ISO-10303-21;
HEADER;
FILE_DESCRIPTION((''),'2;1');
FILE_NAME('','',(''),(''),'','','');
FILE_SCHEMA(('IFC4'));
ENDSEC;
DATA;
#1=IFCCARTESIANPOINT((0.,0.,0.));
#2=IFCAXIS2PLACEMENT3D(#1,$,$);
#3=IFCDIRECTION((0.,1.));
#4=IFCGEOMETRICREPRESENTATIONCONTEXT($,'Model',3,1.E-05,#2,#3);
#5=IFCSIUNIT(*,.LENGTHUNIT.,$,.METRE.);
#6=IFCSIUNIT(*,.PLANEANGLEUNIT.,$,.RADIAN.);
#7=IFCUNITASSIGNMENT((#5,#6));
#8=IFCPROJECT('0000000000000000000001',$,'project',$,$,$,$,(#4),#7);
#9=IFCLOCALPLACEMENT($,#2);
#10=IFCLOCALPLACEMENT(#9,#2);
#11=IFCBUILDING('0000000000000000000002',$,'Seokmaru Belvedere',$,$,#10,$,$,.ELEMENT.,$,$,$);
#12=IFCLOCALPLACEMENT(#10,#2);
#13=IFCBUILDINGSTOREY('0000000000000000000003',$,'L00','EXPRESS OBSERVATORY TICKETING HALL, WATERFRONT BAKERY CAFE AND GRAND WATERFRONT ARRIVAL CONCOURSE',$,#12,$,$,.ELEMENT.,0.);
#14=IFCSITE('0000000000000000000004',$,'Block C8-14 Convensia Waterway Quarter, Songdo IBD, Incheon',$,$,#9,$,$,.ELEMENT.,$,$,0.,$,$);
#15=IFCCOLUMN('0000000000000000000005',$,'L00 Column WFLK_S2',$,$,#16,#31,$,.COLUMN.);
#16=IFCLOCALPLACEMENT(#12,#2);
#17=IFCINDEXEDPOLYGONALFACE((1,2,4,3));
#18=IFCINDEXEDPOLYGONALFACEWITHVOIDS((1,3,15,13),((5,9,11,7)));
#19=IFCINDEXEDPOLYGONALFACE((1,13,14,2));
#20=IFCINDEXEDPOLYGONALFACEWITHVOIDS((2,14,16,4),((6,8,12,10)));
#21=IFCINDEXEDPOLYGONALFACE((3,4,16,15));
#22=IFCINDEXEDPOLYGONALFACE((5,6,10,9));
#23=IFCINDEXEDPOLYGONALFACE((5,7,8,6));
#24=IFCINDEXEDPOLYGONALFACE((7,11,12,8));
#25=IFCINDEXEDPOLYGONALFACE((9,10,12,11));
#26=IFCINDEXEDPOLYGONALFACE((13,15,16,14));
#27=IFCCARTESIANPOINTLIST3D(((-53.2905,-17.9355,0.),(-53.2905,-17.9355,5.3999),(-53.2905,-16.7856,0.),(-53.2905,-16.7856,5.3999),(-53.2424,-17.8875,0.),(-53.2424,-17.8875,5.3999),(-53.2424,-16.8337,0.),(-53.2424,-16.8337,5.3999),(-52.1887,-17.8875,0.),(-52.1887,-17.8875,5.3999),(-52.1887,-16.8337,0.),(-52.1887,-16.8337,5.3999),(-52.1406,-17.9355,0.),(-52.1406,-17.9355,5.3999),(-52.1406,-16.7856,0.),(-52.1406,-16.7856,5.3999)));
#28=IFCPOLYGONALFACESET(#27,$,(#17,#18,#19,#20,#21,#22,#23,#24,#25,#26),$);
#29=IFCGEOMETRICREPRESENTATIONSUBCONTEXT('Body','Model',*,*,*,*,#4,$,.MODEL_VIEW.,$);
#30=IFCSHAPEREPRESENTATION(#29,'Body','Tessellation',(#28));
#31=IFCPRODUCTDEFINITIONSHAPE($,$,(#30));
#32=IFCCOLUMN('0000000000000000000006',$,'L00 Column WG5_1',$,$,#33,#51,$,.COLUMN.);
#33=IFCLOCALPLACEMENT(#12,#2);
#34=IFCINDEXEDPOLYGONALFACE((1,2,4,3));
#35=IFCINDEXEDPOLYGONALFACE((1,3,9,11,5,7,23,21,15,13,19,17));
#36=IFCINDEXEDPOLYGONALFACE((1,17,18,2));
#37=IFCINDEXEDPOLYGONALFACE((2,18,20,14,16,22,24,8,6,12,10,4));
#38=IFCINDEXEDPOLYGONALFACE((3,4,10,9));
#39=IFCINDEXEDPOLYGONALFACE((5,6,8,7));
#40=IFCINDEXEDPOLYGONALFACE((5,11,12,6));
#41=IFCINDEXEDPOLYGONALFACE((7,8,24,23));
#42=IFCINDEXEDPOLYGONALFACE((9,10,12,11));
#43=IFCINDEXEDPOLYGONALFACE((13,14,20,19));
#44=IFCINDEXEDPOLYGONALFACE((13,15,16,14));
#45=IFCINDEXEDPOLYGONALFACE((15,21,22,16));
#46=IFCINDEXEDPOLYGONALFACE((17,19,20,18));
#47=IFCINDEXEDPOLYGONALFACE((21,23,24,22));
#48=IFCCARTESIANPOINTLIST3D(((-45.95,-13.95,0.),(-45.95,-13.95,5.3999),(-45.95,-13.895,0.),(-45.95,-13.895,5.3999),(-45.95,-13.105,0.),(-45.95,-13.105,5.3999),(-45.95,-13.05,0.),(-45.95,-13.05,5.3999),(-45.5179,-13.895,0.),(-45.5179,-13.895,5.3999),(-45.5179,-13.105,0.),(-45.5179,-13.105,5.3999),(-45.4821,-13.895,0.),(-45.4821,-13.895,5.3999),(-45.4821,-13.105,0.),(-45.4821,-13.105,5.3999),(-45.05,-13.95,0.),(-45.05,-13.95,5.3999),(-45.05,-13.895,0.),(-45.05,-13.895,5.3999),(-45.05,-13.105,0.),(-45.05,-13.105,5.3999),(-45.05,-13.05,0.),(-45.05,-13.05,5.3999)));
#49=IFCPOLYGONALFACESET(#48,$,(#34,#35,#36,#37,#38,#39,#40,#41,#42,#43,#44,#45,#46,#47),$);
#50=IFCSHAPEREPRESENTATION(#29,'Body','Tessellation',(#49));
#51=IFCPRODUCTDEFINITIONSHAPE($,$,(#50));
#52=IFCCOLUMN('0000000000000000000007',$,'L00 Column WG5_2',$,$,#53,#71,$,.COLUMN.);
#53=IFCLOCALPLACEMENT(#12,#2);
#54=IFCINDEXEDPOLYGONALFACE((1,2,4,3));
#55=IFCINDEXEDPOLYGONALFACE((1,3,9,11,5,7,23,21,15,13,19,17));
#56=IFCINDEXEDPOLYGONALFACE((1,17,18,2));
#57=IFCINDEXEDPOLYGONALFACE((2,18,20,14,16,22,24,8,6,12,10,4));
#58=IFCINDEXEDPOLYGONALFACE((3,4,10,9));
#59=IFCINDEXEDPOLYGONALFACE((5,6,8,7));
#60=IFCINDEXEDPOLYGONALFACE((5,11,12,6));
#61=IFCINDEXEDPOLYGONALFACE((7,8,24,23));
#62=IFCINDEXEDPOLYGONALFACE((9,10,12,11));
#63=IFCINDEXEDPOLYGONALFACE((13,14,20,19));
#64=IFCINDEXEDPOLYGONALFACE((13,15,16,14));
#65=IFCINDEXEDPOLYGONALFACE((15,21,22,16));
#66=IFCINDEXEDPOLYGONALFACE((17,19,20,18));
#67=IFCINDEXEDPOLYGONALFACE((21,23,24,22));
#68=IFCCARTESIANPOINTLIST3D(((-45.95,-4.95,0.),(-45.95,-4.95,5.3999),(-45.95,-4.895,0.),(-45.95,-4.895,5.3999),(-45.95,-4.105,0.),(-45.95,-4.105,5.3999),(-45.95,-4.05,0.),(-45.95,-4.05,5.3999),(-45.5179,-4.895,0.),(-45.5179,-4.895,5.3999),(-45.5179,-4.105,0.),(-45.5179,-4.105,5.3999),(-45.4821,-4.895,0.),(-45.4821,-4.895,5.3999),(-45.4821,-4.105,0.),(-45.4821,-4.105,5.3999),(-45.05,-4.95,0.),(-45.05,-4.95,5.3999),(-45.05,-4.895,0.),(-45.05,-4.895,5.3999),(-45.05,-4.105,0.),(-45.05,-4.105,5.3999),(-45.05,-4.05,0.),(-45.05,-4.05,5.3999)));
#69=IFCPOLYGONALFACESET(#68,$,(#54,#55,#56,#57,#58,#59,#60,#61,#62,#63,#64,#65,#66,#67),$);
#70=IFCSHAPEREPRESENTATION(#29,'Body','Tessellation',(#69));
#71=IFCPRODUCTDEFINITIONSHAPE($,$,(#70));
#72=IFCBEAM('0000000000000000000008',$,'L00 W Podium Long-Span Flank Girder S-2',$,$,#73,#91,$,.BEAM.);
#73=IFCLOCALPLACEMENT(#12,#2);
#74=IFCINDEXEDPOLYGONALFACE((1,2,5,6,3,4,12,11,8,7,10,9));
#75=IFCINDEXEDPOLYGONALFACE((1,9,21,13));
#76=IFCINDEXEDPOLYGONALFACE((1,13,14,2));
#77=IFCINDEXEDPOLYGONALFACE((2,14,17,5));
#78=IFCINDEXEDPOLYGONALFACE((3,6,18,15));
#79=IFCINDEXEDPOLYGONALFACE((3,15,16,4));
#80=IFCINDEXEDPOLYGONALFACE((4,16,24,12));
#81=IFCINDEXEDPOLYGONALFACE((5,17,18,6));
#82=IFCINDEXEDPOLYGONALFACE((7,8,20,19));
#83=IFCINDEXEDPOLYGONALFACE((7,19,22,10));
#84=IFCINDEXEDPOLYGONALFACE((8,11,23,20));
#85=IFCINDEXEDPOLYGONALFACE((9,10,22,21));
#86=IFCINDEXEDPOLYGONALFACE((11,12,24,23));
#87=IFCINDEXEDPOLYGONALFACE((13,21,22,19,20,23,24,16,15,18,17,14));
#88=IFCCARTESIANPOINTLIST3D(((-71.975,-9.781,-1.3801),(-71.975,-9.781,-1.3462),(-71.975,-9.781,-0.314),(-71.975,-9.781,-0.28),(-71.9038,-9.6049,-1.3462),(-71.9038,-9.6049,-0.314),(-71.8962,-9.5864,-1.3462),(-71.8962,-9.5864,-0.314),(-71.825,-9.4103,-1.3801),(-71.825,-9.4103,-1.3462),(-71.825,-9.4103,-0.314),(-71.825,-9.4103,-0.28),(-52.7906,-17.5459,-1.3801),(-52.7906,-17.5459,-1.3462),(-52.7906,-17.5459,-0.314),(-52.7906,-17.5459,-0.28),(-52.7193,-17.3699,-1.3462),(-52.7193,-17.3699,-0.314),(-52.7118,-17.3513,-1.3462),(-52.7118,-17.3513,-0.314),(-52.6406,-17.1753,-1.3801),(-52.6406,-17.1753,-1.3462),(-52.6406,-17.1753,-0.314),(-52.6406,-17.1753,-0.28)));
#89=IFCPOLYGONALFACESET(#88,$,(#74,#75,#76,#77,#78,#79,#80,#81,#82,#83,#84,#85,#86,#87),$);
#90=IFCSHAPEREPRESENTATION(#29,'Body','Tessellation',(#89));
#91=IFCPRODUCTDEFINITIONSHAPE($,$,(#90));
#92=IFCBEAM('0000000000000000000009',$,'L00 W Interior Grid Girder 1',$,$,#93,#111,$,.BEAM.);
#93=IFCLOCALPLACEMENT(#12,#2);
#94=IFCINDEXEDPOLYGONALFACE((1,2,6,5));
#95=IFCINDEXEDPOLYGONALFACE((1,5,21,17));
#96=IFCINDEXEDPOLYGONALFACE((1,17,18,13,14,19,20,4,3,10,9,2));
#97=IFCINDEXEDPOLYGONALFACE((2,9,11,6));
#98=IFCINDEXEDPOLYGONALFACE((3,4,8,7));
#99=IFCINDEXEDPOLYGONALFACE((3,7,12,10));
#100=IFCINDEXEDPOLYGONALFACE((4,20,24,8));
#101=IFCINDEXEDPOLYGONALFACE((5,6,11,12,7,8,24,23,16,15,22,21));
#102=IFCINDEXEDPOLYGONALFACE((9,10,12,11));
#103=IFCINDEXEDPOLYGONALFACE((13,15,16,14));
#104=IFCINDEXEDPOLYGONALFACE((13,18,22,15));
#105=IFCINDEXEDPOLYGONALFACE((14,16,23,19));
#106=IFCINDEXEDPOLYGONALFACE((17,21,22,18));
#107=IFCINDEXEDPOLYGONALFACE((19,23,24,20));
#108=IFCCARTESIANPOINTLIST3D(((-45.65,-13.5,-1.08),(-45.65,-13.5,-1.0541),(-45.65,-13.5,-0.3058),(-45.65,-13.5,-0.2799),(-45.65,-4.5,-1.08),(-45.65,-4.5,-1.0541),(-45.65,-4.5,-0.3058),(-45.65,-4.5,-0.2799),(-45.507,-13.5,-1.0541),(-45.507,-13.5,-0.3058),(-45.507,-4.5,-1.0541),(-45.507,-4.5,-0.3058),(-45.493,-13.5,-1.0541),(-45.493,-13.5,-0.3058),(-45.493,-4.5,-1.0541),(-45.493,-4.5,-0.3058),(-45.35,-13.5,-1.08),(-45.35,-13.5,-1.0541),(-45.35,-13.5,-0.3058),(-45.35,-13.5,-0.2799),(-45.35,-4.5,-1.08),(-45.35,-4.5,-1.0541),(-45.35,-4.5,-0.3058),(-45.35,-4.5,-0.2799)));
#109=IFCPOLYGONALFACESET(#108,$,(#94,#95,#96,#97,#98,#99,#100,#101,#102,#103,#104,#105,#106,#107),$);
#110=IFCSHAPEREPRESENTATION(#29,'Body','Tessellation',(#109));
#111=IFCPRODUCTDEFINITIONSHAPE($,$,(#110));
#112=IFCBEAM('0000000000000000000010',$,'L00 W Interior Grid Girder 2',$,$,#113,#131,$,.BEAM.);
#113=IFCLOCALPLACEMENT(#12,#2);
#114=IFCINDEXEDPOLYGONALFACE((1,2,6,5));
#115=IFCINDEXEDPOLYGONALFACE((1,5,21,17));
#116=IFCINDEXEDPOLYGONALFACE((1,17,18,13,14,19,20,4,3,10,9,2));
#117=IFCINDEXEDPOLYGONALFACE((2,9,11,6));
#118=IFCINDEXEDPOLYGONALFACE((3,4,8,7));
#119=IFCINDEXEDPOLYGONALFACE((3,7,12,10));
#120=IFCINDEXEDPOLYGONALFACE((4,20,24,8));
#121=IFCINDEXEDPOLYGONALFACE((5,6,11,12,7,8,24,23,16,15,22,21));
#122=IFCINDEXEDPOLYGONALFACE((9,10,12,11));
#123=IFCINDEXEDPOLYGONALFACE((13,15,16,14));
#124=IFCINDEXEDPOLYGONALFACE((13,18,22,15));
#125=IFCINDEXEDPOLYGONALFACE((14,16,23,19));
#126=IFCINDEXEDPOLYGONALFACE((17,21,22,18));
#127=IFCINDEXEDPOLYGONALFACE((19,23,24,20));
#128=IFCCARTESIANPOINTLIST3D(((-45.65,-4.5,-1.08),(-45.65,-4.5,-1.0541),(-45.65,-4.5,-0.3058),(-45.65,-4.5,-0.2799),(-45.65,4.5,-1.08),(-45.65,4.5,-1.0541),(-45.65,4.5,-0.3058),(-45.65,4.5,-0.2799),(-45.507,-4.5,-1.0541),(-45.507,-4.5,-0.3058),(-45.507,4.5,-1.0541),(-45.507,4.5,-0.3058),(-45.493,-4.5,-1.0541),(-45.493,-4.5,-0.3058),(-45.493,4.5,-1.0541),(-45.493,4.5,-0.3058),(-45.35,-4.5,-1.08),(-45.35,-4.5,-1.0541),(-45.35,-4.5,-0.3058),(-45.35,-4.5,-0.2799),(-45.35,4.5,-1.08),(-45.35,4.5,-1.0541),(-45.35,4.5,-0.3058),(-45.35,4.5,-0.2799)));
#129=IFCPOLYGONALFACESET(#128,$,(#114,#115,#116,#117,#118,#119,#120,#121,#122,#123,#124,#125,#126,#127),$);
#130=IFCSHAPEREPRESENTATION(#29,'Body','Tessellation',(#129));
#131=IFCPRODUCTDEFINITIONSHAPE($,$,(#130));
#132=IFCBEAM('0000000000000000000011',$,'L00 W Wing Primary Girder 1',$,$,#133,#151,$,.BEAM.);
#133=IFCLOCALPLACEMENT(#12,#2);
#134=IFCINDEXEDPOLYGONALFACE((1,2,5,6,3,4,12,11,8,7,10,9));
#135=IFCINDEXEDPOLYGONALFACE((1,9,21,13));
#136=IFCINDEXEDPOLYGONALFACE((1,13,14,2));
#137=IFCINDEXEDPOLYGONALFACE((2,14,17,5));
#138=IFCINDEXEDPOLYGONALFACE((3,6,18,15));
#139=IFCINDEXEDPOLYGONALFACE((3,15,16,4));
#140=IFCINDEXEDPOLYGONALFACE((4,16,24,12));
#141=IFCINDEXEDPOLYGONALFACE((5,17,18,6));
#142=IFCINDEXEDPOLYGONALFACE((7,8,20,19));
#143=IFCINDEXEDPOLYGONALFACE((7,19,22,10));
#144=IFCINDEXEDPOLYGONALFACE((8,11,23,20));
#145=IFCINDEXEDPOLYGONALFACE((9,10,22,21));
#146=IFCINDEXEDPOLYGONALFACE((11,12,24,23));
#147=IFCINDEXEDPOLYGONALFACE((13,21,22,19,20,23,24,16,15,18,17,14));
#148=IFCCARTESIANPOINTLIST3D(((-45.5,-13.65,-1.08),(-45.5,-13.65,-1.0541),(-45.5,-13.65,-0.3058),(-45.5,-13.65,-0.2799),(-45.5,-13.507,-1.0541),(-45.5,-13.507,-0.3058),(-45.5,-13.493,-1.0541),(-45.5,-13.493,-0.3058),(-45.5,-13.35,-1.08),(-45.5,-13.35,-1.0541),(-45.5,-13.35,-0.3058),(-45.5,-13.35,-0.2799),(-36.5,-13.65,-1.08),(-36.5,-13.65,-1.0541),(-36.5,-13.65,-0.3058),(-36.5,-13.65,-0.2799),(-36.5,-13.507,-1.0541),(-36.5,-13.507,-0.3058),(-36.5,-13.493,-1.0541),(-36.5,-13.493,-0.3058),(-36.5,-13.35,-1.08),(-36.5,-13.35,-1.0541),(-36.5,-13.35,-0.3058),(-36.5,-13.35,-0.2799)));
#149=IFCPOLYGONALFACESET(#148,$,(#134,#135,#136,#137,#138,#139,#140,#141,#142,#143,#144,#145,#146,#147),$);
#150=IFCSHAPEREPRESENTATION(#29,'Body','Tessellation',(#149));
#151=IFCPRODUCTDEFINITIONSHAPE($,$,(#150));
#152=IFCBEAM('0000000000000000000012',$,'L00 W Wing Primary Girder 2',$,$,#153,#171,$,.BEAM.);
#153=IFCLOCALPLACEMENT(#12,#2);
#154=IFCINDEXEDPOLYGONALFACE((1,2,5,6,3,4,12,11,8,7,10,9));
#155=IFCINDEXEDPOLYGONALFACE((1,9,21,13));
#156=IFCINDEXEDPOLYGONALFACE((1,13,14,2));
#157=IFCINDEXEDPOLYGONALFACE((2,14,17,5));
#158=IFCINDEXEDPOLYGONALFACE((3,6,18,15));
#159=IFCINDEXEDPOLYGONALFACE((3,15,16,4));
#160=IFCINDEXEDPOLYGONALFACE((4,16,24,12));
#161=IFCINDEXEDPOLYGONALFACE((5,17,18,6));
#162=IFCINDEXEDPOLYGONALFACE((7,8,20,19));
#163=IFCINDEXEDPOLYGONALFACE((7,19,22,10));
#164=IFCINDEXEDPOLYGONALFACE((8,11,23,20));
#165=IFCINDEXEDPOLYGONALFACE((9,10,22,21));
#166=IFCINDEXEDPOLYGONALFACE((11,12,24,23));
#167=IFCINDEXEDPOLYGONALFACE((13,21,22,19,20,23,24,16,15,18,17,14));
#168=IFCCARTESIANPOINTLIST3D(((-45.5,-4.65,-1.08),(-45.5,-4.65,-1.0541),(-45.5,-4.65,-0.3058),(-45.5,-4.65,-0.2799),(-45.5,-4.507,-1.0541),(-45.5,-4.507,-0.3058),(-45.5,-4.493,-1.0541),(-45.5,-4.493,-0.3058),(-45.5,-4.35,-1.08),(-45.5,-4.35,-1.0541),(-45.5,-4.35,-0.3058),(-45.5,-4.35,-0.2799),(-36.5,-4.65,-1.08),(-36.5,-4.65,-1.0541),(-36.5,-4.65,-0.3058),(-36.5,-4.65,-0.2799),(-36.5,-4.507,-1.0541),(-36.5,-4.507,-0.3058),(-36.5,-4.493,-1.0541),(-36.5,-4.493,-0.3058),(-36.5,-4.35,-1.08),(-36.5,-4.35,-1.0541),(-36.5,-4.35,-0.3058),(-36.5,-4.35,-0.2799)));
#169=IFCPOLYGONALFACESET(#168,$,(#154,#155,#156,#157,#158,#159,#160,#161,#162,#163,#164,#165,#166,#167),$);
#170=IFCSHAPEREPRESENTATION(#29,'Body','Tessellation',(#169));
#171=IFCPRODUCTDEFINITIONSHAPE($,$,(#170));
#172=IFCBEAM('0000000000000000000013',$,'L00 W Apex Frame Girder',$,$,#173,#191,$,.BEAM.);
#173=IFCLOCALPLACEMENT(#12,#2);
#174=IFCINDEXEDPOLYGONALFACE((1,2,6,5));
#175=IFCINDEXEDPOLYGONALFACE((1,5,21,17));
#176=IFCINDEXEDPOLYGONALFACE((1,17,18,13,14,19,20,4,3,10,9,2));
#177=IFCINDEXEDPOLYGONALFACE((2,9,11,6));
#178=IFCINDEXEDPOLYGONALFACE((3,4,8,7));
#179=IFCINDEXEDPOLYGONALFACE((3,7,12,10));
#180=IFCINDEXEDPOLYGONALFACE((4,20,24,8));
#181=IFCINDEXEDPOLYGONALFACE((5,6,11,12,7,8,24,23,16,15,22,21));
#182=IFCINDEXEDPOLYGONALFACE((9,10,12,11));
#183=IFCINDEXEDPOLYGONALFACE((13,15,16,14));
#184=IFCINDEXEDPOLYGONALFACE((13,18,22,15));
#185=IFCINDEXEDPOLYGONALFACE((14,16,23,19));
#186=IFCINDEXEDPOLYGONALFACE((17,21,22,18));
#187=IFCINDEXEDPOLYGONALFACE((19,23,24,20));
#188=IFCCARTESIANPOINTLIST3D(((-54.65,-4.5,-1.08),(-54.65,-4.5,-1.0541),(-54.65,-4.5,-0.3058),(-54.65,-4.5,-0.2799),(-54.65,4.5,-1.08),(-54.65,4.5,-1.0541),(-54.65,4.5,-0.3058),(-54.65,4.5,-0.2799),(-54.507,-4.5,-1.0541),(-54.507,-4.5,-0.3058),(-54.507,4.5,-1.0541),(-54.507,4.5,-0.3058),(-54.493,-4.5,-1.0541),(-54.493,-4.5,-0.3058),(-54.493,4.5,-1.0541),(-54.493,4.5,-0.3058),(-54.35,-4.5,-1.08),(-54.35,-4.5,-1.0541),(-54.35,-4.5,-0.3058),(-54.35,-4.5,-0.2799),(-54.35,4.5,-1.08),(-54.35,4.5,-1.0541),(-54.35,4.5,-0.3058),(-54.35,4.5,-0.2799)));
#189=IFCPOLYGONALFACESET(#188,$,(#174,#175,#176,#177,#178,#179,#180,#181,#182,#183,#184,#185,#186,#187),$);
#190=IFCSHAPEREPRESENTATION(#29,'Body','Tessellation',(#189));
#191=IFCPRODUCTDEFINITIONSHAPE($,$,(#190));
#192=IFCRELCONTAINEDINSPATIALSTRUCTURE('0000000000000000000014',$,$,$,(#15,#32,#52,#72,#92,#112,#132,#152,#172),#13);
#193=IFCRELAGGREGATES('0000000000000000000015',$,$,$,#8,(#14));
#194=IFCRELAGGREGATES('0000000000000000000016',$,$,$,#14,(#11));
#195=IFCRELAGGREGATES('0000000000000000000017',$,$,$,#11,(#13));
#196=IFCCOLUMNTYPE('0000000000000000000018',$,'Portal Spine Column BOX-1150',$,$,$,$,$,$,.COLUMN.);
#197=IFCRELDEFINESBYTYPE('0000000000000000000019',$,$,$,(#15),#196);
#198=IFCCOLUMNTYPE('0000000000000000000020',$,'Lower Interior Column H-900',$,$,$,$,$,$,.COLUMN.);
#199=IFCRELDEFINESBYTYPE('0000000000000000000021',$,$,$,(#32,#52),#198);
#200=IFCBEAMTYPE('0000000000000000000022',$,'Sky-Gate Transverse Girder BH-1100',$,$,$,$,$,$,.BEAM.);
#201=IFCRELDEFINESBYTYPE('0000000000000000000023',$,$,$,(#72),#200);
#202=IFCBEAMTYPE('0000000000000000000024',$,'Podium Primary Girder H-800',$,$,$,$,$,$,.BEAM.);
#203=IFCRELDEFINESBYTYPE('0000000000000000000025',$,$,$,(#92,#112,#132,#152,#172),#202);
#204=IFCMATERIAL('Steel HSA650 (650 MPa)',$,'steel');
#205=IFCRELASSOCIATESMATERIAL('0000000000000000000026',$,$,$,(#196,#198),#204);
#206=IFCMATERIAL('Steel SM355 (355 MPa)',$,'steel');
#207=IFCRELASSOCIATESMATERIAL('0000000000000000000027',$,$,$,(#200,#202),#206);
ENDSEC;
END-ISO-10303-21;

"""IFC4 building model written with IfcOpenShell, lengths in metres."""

from ifc_helpers import new_model, si_unit, direction, frame, origin, origin_2d, place, context, subcontext, project, spatial, hollow_rectangle, i_section, extrude, source, transform, mapped, material, material_profile, profile_set, type_object, type_shapes, element, save


model = new_model("IFC4")

# Units and contexts
model_context = context("Model", 3, precision=1e-05, world=origin(), true_north=direction((0.0, 1.0)))
body_context = subcontext(model_context, "Body", "Model", "MODEL_VIEW")
ifc_project = project(units=[si_unit("LENGTHUNIT", "METRE"), si_unit("PLANEANGLEUNIT", "RADIAN")], contexts=[model_context])

# Site, building, storey
site_placement = place(None, origin())
site = spatial("IfcSite", under=ifc_project, at=site_placement, Name="Block C8-14 Convensia Waterway Quarter, Songdo IBD, Incheon", CompositionType="ELEMENT", RefElevation=0.0)
building_placement = place(site_placement, origin())
building = spatial("IfcBuilding", under=site, at=building_placement, Name="Seokmaru Belvedere", CompositionType="ELEMENT")
storey_placement = place(building_placement, origin())
storey = spatial("IfcBuildingStorey", under=building, at=storey_placement, Name="L00", Description="EXPRESS OBSERVATORY TICKETING HALL, WATERFRONT BAKERY CAFE AND GRAND WATERFRONT ARRIVAL CONCOURSE", CompositionType="ELEMENT", Elevation=0.0)

# Columns
ifc_material_1 = material(Name="Steel HSA650 (650 MPa)", Category="steel")
ifc_material_profile_1 = material_profile(ifc_material_1, hollow_rectangle(XDim=1.1499, YDim=1.1499, WallThickness=0.0481, at=origin_2d()), Name="BOX-1150x1150x48")
ifc_profile_set_1 = profile_set([ifc_material_profile_1], Name="Steel HSA650 (650 MPa)")
column_type_1 = type_object("IfcColumnType", Name="Portal Spine Column BOX-1150", PredefinedType="COLUMN", material=ifc_profile_set_1)
shared_shape_1 = source(origin(), body_context, "Body", "SweptSolid", [
    extrude(hollow_rectangle(XDim=1.1499, YDim=1.1499, WallThickness=0.0481, at=origin_2d()), origin(), (0.0, 0.0, 1.0), 5.3999),
])
type_shapes(column_type_1, [shared_shape_1])
column_placement = place(storey_placement, frame((-52.7156, -17.3606, 0.0), z_axis=(0.0, 0.0, 1.0), x_axis=(1.0, 0.0, 0.0)))
element("IfcColumn", 1, at=column_placement, inside=storey, type_object=column_type_1, Name="L00 Column WFLK_S2", PredefinedType="COLUMN", context=body_context, shape_type="MappedRepresentation", body=[
    mapped(shared_shape_1, transform((0.0, 0.0, 0.0), scale=1.0)),
])
ifc_material_profile_2 = material_profile(ifc_material_1, i_section(OverallWidth=0.8999, OverallDepth=0.8999, WebThickness=0.0359, FlangeThickness=0.0549, at=origin_2d()), Name="H-900x900x36x55")
ifc_profile_set_2 = profile_set([ifc_material_profile_2], Name="Steel HSA650 (650 MPa)")
column_type_2 = type_object("IfcColumnType", Name="Lower Interior Column H-900", PredefinedType="COLUMN", material=ifc_profile_set_2)
shared_shape_2 = source(origin(), body_context, "Body", "SweptSolid", [
    extrude(i_section(OverallWidth=0.8999, OverallDepth=0.8999, WebThickness=0.0359, FlangeThickness=0.0549, at=origin_2d()), origin(), (0.0, 0.0, 1.0), 5.3999),
])
type_shapes(column_type_2, [shared_shape_2])
for number, where, z_axis, x_axis, name in (
    (2, (-45.5, -13.5, 0.0), (0.0, 0.0, 1.0), (1.0, 0.0, 0.0), "L00 Column WG5_1"),
    (3, (-45.5, -4.5, 0.0), (0.0, 0.0, 1.0), (1.0, 0.0, 0.0), "L00 Column WG5_2"),
):
    element("IfcColumn", number, at=place(storey_placement, frame(where, z_axis=z_axis, x_axis=x_axis)), inside=storey, type_object=column_type_2, Name=name, PredefinedType="COLUMN", context=body_context, shape_type="MappedRepresentation", body=[
        mapped(shared_shape_2, transform((0.0, 0.0, 0.0), scale=1.0)),
    ])

# Beams
ifc_material_2 = material(Name="Steel SM355 (355 MPa)", Category="steel")
ifc_material_profile_3 = material_profile(ifc_material_2, i_section(OverallWidth=0.3999, OverallDepth=1.1001, WebThickness=0.02, FlangeThickness=0.0339, at=origin_2d()), Name="BH-1100x400x20x34")
ifc_profile_set_3 = profile_set([ifc_material_profile_3], Name="Steel SM355 (355 MPa)")
beam_type_1 = type_object("IfcBeamType", Name="Sky-Gate Transverse Girder BH-1100", PredefinedType="BEAM", material=ifc_profile_set_3)
shared_shape_3 = source(origin(), body_context, "Body", "SweptSolid", [
    extrude(i_section(OverallWidth=0.3999, OverallDepth=1.1001, WebThickness=0.02, FlangeThickness=0.0339, at=origin_2d()), origin(), (0.0, 0.0, 1.0), 20.6963),
])
type_shapes(beam_type_1, [shared_shape_3])
beam_1_placement = place(storey_placement, frame((-52.7156, -17.3606, -0.8301), z_axis=(-0.92695, 0.375185, 0.0), x_axis=(-0.375185, -0.92695, 0.0)))
element("IfcBeam", 4, at=beam_1_placement, inside=storey, type_object=beam_type_1, Name="L00 W Podium Long-Span Flank Girder S-2", PredefinedType="BEAM", context=body_context, shape_type="MappedRepresentation", body=[
    mapped(shared_shape_3, transform((0.0, 0.0, 0.0), scale=1.0)),
])
ifc_material_profile_4 = material_profile(ifc_material_2, i_section(OverallWidth=0.3, OverallDepth=0.8, WebThickness=0.0139, FlangeThickness=0.0259, at=origin_2d()), Name="H-800x300x14x26")
ifc_profile_set_4 = profile_set([ifc_material_profile_4], Name="Steel SM355 (355 MPa)")
beam_type_2 = type_object("IfcBeamType", Name="Podium Primary Girder H-800", PredefinedType="BEAM", material=ifc_profile_set_4)
shared_shape_4 = source(origin(), body_context, "Body", "SweptSolid", [
    extrude(i_section(OverallWidth=0.3, OverallDepth=0.8, WebThickness=0.0139, FlangeThickness=0.0259, at=origin_2d()), origin(), (0.0, 0.0, 1.0), 9.0),
])
for number, where, z_axis, x_axis, name in (
    (5, (-45.5, -13.5, -0.6799), (0.0, 1.0, 0.0), (-1.0, 0.0, 0.0), "L00 W Interior Grid Girder 1"),
    (6, (-45.5, -4.5, -0.6799), (0.0, 1.0, 0.0), (-1.0, 0.0, 0.0), "L00 W Interior Grid Girder 2"),
    (7, (-45.5, -13.5, -0.6799), (1.0, 0.0, 0.0), (0.0, 1.0, 0.0), "L00 W Wing Primary Girder 1"),
    (8, (-45.5, -4.5, -0.6799), (1.0, 0.0, 0.0), (0.0, 1.0, 0.0), "L00 W Wing Primary Girder 2"),
    (9, (-54.5, -4.5, -0.6799), (0.0, 1.0, 0.0), (-1.0, 0.0, 0.0), "L00 W Apex Frame Girder"),
):
    element("IfcBeam", number, at=place(storey_placement, frame(where, z_axis=z_axis, x_axis=x_axis)), inside=storey, type_object=beam_type_2, Name=name, PredefinedType="BEAM", context=body_context, shape_type="MappedRepresentation", body=[
        mapped(shared_shape_4, transform((0.0, 0.0, 0.0), scale=1.0)),
    ])

save(model, "model.ifc")
